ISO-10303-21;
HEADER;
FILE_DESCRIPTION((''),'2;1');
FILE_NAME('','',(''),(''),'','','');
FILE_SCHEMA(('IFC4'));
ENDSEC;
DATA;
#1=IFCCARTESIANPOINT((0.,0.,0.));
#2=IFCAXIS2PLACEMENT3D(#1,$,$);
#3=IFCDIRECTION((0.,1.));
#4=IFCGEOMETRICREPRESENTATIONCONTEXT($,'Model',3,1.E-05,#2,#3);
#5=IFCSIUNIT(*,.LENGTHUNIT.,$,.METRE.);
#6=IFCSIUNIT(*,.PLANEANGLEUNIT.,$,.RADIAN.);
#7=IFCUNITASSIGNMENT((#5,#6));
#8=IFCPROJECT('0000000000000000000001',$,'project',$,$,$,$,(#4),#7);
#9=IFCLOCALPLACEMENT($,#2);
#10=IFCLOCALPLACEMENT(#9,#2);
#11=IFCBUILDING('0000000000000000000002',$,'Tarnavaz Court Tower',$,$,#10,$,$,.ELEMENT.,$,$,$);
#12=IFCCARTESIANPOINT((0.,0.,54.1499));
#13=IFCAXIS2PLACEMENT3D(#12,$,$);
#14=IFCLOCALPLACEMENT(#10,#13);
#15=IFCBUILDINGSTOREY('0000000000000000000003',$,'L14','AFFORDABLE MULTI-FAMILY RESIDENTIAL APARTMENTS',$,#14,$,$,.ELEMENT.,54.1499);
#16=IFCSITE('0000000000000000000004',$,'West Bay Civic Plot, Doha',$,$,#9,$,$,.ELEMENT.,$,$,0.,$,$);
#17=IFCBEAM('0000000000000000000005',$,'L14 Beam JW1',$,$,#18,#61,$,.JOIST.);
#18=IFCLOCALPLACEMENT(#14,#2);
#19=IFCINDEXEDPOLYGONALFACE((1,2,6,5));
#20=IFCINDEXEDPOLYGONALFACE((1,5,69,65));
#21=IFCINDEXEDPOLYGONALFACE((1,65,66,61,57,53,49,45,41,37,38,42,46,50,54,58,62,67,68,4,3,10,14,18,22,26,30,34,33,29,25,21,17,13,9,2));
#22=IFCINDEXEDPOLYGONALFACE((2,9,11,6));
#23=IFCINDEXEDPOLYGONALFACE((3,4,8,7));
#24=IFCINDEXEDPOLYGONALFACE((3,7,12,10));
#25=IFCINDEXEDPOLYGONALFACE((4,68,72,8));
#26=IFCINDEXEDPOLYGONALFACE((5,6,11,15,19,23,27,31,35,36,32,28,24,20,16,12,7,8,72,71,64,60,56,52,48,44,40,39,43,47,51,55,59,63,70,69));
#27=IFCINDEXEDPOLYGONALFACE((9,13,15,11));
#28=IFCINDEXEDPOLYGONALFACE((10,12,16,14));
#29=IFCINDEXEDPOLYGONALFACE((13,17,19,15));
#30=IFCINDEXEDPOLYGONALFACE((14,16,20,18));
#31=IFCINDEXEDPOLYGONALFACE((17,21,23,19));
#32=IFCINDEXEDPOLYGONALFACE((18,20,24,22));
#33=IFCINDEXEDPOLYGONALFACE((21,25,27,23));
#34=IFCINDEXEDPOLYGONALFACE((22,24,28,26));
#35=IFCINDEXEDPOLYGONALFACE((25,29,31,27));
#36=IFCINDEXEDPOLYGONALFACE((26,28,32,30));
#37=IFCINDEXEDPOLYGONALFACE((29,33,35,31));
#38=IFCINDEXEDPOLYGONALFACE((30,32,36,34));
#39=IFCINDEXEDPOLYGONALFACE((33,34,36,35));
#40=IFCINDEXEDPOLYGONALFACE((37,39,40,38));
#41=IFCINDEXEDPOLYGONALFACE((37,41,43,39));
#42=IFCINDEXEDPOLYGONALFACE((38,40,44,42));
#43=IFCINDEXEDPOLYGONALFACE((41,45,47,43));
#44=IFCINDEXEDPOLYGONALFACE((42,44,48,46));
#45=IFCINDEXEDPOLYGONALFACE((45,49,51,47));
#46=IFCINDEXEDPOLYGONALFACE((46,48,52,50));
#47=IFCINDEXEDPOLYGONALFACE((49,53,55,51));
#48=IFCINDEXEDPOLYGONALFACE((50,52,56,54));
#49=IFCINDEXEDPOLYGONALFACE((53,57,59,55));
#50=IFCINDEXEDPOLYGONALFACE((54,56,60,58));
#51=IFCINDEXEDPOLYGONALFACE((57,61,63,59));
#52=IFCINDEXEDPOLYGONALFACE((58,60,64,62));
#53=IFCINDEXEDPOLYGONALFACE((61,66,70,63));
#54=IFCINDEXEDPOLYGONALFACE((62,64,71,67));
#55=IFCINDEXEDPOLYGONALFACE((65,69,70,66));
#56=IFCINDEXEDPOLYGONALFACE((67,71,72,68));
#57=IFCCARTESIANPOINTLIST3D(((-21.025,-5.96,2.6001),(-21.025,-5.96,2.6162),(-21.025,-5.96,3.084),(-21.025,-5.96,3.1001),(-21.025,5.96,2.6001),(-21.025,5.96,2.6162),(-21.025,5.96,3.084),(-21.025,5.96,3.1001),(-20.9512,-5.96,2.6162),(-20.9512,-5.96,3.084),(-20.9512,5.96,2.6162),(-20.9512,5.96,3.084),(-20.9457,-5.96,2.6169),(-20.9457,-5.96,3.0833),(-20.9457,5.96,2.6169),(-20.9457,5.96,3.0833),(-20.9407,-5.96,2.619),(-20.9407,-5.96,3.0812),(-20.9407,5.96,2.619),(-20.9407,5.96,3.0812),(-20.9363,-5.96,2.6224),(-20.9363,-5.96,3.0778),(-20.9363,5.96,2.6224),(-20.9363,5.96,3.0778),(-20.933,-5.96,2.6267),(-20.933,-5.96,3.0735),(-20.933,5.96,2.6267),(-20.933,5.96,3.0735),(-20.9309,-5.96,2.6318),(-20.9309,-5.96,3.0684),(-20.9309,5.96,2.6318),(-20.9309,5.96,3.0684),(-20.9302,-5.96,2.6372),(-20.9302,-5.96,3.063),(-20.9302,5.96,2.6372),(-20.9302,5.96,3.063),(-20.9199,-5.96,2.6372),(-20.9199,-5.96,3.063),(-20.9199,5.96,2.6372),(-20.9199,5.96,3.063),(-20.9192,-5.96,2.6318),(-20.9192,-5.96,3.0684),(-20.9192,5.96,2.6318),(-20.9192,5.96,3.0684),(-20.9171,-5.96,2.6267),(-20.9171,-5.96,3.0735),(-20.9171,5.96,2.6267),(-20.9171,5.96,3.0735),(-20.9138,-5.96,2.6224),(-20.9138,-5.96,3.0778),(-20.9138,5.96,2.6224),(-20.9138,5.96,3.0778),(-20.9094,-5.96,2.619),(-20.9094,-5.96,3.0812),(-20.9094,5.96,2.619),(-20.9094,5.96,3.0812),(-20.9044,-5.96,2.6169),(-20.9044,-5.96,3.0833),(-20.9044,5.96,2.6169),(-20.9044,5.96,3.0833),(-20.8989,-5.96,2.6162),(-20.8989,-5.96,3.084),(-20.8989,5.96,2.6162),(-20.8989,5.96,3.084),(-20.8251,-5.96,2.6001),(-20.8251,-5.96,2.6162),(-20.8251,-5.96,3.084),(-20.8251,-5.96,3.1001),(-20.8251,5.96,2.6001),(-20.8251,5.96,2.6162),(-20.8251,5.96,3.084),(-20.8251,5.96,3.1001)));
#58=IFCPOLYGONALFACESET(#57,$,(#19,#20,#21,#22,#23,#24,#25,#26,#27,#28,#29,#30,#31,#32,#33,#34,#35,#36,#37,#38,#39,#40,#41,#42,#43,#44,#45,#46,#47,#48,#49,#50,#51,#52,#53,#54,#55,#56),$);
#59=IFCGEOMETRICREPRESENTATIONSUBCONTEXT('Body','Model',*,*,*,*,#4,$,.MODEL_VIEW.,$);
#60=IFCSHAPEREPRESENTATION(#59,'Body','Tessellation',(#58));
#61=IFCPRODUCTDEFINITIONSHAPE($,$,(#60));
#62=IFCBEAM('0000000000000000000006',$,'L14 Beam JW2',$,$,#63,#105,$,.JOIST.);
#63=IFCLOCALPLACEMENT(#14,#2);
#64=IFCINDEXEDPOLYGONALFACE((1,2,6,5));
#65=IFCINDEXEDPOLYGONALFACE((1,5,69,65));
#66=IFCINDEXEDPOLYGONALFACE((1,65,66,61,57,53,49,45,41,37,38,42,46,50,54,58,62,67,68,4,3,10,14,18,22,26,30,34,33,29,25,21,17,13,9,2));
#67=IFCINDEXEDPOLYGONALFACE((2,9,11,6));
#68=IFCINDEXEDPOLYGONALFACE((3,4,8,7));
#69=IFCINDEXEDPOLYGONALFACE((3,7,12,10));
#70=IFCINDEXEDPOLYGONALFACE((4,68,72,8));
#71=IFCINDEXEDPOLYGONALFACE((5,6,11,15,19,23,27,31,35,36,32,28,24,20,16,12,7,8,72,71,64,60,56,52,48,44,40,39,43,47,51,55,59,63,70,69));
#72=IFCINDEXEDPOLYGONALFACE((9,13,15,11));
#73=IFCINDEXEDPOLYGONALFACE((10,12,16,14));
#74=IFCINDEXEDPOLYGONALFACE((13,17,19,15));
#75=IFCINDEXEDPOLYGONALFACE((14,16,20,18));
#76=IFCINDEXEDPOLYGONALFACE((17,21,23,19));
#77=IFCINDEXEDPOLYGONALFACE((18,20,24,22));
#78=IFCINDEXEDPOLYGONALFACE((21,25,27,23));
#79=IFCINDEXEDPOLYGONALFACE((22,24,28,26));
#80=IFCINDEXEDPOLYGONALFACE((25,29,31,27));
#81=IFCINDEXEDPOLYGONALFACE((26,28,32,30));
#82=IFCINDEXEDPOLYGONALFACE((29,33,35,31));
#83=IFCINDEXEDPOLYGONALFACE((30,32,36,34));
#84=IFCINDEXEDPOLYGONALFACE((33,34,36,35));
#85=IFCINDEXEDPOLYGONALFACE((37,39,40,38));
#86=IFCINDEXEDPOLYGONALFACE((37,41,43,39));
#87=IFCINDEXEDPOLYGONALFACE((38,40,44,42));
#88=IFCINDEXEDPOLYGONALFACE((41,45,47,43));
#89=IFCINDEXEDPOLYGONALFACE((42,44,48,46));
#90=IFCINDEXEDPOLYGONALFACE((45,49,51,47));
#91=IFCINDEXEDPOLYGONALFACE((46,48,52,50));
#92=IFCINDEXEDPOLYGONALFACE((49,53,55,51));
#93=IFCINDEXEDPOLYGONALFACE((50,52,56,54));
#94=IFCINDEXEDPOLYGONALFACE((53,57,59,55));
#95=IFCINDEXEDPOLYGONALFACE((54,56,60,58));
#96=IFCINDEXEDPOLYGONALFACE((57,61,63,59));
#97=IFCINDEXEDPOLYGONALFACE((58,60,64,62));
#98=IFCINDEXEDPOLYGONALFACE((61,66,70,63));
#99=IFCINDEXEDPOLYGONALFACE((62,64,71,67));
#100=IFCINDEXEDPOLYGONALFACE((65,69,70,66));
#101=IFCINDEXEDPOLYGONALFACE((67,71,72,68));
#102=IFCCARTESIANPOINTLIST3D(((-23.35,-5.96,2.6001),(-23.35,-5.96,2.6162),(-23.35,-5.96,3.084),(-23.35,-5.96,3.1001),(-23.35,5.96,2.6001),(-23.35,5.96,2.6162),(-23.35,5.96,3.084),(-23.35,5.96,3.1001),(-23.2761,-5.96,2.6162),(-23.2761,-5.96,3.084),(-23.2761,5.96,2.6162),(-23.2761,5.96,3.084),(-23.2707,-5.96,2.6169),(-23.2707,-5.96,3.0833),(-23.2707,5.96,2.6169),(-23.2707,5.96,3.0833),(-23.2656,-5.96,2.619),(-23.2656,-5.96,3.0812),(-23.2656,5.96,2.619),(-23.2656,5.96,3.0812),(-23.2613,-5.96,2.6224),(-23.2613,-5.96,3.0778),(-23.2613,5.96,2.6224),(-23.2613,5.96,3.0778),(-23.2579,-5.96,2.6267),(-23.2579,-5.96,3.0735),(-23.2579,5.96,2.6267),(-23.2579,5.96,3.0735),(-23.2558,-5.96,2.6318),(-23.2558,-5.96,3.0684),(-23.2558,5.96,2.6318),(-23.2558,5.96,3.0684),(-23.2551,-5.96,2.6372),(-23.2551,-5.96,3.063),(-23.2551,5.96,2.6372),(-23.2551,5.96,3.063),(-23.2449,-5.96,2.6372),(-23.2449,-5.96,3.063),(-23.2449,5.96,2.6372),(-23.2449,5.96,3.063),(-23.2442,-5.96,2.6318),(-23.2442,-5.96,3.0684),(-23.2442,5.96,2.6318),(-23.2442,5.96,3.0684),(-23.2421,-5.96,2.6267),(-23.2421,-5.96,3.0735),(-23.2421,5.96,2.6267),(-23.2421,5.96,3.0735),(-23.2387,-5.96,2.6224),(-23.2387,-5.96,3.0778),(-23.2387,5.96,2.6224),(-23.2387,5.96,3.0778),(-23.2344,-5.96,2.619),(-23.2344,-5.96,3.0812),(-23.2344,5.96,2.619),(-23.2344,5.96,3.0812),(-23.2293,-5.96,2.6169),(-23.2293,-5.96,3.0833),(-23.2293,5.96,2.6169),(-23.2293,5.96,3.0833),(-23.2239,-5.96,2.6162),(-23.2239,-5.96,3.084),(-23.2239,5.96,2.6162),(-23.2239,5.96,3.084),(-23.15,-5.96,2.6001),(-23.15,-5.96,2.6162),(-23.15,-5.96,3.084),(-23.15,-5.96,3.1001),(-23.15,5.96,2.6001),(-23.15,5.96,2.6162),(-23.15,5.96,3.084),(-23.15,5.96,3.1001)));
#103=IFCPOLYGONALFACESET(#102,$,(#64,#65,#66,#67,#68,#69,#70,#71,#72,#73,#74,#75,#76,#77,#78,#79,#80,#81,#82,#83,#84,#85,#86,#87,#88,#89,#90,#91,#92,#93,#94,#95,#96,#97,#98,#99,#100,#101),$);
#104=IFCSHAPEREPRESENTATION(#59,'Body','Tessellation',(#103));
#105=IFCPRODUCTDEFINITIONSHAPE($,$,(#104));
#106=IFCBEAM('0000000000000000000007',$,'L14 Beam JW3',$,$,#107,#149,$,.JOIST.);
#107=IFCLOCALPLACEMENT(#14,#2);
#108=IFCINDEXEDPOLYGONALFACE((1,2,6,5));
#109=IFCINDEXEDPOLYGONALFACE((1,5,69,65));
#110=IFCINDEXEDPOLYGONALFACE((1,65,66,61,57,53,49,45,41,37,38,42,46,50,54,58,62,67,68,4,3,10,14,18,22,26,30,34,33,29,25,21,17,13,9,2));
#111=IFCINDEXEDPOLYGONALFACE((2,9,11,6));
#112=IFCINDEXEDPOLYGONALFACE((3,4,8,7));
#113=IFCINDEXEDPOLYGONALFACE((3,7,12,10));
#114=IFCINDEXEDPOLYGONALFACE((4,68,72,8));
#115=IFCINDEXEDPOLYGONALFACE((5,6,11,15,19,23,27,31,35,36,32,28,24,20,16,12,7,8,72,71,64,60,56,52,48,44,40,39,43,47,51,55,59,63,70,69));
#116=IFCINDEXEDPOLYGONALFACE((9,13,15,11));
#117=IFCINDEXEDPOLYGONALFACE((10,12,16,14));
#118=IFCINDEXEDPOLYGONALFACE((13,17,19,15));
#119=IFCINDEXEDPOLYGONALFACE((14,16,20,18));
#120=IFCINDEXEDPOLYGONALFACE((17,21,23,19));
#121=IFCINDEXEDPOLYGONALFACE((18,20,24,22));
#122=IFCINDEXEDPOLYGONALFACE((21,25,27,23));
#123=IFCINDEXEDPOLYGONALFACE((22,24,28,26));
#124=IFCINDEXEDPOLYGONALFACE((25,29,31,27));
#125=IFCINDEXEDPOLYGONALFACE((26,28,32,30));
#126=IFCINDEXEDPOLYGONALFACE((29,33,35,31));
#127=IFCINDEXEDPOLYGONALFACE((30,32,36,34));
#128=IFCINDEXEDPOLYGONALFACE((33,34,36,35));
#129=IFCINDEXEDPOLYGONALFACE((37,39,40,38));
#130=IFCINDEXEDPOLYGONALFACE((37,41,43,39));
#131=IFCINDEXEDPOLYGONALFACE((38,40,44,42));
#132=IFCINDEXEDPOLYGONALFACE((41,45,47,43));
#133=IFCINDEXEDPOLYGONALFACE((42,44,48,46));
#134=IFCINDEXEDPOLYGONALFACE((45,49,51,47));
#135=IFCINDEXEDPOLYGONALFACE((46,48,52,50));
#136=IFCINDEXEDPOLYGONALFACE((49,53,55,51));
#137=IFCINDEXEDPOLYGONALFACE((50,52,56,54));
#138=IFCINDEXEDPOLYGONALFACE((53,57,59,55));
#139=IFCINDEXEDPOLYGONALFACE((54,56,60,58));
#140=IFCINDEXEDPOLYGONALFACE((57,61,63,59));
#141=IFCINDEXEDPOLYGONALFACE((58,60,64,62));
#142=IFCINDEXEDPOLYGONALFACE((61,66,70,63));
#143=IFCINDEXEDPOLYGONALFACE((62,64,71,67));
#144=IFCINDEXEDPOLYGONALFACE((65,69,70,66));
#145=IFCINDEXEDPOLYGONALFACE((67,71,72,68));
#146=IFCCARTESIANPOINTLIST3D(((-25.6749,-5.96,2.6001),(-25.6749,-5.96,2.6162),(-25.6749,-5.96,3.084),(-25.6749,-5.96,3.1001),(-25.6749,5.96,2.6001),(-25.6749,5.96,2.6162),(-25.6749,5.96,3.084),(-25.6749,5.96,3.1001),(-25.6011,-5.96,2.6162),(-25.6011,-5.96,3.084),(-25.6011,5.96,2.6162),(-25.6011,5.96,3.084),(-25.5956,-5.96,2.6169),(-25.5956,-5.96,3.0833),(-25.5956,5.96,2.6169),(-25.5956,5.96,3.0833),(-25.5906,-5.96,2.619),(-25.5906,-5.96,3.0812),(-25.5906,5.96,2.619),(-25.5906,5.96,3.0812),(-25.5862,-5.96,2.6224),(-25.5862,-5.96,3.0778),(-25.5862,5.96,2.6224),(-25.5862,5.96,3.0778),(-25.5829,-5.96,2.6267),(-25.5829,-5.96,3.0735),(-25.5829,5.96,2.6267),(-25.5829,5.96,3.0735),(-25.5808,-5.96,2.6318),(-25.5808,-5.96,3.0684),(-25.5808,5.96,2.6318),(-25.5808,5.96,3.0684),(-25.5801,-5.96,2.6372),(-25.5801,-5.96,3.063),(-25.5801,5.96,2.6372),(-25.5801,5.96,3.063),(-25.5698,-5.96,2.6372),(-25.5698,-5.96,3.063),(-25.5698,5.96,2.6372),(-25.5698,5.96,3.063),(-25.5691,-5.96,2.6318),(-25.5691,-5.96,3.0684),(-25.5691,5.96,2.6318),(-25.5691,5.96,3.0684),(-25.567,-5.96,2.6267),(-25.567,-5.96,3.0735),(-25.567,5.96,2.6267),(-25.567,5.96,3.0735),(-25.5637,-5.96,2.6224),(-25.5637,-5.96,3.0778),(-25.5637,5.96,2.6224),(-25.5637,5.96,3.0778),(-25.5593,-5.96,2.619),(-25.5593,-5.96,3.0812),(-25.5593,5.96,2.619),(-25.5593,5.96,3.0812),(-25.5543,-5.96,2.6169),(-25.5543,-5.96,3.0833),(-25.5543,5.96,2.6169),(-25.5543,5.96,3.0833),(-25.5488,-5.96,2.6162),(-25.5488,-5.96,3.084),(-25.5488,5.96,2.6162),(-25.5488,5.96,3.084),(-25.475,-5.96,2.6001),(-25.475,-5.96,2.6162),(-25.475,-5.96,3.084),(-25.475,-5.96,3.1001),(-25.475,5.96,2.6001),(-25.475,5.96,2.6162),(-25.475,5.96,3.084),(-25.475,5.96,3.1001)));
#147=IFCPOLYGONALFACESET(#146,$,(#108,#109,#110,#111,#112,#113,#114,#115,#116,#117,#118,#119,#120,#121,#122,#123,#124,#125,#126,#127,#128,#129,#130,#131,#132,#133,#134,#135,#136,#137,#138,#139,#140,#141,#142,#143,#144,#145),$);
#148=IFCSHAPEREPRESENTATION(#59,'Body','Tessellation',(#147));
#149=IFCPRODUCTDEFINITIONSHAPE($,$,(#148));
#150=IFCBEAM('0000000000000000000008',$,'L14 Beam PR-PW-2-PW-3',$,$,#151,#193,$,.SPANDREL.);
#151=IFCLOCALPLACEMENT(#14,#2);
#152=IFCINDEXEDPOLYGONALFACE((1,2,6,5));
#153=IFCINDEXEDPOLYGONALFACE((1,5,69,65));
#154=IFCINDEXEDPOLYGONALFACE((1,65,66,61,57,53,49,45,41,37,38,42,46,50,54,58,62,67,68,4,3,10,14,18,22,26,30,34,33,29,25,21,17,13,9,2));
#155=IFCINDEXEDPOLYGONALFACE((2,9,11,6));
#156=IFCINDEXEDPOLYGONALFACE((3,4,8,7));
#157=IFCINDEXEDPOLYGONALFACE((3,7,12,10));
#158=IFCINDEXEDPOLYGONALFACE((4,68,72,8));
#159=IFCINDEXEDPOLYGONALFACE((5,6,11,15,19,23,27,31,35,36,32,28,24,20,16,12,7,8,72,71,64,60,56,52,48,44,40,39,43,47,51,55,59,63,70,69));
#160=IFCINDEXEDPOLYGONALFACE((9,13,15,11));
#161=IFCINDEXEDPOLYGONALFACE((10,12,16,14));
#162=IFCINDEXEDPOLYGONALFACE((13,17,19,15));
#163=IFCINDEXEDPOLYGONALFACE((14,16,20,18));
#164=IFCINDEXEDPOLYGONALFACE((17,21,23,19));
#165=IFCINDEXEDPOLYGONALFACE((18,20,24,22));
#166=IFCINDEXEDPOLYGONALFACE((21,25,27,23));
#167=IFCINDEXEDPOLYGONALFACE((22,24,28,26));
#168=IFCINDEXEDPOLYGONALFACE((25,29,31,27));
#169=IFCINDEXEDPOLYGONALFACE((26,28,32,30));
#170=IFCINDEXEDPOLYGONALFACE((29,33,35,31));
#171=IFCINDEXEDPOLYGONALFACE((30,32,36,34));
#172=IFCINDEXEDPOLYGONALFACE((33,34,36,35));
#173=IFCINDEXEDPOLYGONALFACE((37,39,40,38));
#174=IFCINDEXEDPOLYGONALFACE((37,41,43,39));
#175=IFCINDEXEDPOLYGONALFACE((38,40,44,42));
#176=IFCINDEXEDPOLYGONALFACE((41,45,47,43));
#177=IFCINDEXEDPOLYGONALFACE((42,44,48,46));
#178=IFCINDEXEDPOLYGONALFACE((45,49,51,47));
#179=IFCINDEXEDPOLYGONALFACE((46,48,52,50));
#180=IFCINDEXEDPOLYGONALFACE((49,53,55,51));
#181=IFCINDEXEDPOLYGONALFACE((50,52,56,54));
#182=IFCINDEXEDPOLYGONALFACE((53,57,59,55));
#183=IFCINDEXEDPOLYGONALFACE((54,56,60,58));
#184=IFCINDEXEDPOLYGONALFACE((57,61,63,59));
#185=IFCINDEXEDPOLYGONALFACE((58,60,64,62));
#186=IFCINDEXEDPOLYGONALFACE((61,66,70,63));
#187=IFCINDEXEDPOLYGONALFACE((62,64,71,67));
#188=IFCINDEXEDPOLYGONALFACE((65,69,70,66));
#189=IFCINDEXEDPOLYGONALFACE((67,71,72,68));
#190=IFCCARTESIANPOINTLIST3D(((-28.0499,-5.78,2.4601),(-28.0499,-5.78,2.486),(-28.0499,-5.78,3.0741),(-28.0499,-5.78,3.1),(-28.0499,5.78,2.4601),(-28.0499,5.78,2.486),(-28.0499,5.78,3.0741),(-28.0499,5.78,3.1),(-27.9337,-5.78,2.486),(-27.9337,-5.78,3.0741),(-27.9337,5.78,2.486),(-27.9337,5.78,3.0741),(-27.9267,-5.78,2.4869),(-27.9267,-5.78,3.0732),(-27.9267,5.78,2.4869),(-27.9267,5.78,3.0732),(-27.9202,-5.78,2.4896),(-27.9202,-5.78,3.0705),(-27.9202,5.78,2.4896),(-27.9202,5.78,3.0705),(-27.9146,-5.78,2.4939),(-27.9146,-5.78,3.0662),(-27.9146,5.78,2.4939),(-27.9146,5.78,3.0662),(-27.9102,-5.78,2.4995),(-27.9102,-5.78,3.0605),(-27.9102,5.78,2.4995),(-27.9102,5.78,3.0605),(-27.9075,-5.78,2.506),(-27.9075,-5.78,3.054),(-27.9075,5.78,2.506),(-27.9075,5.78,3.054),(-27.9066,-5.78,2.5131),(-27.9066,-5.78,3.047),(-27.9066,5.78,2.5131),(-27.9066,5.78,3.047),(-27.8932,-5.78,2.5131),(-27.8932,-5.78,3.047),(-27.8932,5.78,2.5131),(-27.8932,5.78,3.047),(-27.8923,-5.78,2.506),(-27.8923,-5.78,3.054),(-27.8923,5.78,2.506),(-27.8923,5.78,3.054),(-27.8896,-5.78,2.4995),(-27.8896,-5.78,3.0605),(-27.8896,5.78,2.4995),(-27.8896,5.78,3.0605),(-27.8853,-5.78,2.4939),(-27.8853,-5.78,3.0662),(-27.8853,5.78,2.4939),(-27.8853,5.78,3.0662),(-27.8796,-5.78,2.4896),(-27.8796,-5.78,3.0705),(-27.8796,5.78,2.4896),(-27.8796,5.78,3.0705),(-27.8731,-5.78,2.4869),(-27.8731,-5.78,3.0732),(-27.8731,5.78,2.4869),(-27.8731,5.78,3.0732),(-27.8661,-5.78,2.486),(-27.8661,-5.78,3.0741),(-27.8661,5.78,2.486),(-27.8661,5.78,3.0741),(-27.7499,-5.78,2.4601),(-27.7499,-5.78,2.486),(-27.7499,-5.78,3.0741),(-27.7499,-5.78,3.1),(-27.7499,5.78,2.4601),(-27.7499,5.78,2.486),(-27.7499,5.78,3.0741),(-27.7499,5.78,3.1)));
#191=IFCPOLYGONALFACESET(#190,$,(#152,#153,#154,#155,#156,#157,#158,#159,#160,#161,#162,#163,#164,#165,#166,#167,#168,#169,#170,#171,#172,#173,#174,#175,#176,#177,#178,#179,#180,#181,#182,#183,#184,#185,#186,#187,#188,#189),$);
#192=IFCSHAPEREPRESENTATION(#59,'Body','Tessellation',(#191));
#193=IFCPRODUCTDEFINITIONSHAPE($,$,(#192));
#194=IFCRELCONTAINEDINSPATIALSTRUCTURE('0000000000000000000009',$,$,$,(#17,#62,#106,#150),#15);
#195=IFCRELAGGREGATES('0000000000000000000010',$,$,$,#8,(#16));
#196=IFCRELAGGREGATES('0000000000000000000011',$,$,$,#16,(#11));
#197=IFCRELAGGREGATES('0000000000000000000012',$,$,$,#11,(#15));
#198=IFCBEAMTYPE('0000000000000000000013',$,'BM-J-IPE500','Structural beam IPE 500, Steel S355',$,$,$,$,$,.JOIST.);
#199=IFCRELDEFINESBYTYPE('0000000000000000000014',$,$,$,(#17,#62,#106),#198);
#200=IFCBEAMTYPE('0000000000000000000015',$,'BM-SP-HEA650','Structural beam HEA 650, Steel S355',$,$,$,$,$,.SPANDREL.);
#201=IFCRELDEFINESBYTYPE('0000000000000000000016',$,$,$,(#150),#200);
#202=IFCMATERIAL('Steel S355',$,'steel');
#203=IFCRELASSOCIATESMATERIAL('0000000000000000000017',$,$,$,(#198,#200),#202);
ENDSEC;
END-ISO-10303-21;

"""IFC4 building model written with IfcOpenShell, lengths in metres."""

from ifc_helpers import new_model, si_unit, direction, frame, origin, origin_2d, place, context, subcontext, project, spatial, i_section, extrude, material, material_profile, profile_set, type_object, element, save


model = new_model("IFC4")

# Units and contexts
model_context = context("Model", 3, precision=1e-05, world=origin(), true_north=direction((0.0, 1.0)))
body_context = subcontext(model_context, "Body", "Model", "MODEL_VIEW")
ifc_project = project(units=[si_unit("LENGTHUNIT", "METRE"), si_unit("PLANEANGLEUNIT", "RADIAN")], contexts=[model_context])

# Site, building, storey
site_placement = place(None, origin())
site = spatial("IfcSite", under=ifc_project, at=site_placement, Name="West Bay Civic Plot, Doha", CompositionType="ELEMENT", RefElevation=0.0)
building_placement = place(site_placement, origin())
building = spatial("IfcBuilding", under=site, at=building_placement, Name="Tarnavaz Court Tower", CompositionType="ELEMENT")
storey_placement = place(building_placement, frame((0.0, 0.0, 54.1499)))
storey = spatial("IfcBuildingStorey", under=building, at=storey_placement, Name="L14", Description="AFFORDABLE MULTI-FAMILY RESIDENTIAL APARTMENTS", CompositionType="ELEMENT", Elevation=54.1499)

# Beams
ifc_material_1 = material(Name="Steel S355", Category="steel")
ifc_material_profile_1 = material_profile(ifc_material_1, i_section(OverallWidth=0.2, OverallDepth=0.5, WebThickness=0.0103, FlangeThickness=0.0161, FilletRadius=0.021, at=origin_2d()), Name="IPE 500")
ifc_profile_set_1 = profile_set([ifc_material_profile_1], Name="Steel S355")
beam_type_1 = type_object("IfcBeamType", Name="BM-J-IPE500", Description="Structural beam IPE 500, Steel S355", PredefinedType="JOIST", material=ifc_profile_set_1)
for number, where, z_axis, x_axis, name in (
    (1, (-20.925, -5.96, 2.8501), (0.0, 1.0, 0.0), (-1.0, 0.0, 0.0), "L14 Beam JW1"),
    (2, (-23.25, -5.96, 2.8501), (0.0, 1.0, 0.0), (-1.0, 0.0, 0.0), "L14 Beam JW2"),
    (3, (-25.575, -5.96, 2.8501), (0.0, 1.0, 0.0), (-1.0, 0.0, 0.0), "L14 Beam JW3"),
):
    element("IfcBeam", number, at=place(storey_placement, frame(where, z_axis=z_axis, x_axis=x_axis)), inside=storey, type_object=beam_type_1, Name=name, PredefinedType="JOIST", context=body_context, shape_type="SweptSolid", body=[
        extrude(i_section(OverallWidth=0.2, OverallDepth=0.5, WebThickness=0.0103, FlangeThickness=0.0161, FilletRadius=0.021, at=origin_2d()), origin(), (0.0, 0.0, 1.0), 11.9199),
    ])
ifc_material_profile_2 = material_profile(ifc_material_1, i_section(OverallWidth=0.3, OverallDepth=0.6399, WebThickness=0.0134, FlangeThickness=0.0259, FilletRadius=0.0271, at=origin_2d()), Name="HEA 650")
ifc_profile_set_2 = profile_set([ifc_material_profile_2], Name="Steel S355")
beam_type_2 = type_object("IfcBeamType", Name="BM-SP-HEA650", Description="Structural beam HEA 650, Steel S355", PredefinedType="SPANDREL", material=ifc_profile_set_2)
beam_1_placement = place(storey_placement, frame((-27.8999, -5.78, 2.78), z_axis=(0.0, 1.0, 0.0), x_axis=(-1.0, 0.0, 0.0)))
element("IfcBeam", 4, at=beam_1_placement, inside=storey, type_object=beam_type_2, Name="L14 Beam PR-PW-2-PW-3", PredefinedType="SPANDREL", context=body_context, shape_type="SweptSolid", body=[
    extrude(i_section(OverallWidth=0.3, OverallDepth=0.6399, WebThickness=0.0134, FlangeThickness=0.0259, FilletRadius=0.0271, at=origin_2d()), origin(), (0.0, 0.0, 1.0), 11.5601),
])

save(model, "model.ifc")
